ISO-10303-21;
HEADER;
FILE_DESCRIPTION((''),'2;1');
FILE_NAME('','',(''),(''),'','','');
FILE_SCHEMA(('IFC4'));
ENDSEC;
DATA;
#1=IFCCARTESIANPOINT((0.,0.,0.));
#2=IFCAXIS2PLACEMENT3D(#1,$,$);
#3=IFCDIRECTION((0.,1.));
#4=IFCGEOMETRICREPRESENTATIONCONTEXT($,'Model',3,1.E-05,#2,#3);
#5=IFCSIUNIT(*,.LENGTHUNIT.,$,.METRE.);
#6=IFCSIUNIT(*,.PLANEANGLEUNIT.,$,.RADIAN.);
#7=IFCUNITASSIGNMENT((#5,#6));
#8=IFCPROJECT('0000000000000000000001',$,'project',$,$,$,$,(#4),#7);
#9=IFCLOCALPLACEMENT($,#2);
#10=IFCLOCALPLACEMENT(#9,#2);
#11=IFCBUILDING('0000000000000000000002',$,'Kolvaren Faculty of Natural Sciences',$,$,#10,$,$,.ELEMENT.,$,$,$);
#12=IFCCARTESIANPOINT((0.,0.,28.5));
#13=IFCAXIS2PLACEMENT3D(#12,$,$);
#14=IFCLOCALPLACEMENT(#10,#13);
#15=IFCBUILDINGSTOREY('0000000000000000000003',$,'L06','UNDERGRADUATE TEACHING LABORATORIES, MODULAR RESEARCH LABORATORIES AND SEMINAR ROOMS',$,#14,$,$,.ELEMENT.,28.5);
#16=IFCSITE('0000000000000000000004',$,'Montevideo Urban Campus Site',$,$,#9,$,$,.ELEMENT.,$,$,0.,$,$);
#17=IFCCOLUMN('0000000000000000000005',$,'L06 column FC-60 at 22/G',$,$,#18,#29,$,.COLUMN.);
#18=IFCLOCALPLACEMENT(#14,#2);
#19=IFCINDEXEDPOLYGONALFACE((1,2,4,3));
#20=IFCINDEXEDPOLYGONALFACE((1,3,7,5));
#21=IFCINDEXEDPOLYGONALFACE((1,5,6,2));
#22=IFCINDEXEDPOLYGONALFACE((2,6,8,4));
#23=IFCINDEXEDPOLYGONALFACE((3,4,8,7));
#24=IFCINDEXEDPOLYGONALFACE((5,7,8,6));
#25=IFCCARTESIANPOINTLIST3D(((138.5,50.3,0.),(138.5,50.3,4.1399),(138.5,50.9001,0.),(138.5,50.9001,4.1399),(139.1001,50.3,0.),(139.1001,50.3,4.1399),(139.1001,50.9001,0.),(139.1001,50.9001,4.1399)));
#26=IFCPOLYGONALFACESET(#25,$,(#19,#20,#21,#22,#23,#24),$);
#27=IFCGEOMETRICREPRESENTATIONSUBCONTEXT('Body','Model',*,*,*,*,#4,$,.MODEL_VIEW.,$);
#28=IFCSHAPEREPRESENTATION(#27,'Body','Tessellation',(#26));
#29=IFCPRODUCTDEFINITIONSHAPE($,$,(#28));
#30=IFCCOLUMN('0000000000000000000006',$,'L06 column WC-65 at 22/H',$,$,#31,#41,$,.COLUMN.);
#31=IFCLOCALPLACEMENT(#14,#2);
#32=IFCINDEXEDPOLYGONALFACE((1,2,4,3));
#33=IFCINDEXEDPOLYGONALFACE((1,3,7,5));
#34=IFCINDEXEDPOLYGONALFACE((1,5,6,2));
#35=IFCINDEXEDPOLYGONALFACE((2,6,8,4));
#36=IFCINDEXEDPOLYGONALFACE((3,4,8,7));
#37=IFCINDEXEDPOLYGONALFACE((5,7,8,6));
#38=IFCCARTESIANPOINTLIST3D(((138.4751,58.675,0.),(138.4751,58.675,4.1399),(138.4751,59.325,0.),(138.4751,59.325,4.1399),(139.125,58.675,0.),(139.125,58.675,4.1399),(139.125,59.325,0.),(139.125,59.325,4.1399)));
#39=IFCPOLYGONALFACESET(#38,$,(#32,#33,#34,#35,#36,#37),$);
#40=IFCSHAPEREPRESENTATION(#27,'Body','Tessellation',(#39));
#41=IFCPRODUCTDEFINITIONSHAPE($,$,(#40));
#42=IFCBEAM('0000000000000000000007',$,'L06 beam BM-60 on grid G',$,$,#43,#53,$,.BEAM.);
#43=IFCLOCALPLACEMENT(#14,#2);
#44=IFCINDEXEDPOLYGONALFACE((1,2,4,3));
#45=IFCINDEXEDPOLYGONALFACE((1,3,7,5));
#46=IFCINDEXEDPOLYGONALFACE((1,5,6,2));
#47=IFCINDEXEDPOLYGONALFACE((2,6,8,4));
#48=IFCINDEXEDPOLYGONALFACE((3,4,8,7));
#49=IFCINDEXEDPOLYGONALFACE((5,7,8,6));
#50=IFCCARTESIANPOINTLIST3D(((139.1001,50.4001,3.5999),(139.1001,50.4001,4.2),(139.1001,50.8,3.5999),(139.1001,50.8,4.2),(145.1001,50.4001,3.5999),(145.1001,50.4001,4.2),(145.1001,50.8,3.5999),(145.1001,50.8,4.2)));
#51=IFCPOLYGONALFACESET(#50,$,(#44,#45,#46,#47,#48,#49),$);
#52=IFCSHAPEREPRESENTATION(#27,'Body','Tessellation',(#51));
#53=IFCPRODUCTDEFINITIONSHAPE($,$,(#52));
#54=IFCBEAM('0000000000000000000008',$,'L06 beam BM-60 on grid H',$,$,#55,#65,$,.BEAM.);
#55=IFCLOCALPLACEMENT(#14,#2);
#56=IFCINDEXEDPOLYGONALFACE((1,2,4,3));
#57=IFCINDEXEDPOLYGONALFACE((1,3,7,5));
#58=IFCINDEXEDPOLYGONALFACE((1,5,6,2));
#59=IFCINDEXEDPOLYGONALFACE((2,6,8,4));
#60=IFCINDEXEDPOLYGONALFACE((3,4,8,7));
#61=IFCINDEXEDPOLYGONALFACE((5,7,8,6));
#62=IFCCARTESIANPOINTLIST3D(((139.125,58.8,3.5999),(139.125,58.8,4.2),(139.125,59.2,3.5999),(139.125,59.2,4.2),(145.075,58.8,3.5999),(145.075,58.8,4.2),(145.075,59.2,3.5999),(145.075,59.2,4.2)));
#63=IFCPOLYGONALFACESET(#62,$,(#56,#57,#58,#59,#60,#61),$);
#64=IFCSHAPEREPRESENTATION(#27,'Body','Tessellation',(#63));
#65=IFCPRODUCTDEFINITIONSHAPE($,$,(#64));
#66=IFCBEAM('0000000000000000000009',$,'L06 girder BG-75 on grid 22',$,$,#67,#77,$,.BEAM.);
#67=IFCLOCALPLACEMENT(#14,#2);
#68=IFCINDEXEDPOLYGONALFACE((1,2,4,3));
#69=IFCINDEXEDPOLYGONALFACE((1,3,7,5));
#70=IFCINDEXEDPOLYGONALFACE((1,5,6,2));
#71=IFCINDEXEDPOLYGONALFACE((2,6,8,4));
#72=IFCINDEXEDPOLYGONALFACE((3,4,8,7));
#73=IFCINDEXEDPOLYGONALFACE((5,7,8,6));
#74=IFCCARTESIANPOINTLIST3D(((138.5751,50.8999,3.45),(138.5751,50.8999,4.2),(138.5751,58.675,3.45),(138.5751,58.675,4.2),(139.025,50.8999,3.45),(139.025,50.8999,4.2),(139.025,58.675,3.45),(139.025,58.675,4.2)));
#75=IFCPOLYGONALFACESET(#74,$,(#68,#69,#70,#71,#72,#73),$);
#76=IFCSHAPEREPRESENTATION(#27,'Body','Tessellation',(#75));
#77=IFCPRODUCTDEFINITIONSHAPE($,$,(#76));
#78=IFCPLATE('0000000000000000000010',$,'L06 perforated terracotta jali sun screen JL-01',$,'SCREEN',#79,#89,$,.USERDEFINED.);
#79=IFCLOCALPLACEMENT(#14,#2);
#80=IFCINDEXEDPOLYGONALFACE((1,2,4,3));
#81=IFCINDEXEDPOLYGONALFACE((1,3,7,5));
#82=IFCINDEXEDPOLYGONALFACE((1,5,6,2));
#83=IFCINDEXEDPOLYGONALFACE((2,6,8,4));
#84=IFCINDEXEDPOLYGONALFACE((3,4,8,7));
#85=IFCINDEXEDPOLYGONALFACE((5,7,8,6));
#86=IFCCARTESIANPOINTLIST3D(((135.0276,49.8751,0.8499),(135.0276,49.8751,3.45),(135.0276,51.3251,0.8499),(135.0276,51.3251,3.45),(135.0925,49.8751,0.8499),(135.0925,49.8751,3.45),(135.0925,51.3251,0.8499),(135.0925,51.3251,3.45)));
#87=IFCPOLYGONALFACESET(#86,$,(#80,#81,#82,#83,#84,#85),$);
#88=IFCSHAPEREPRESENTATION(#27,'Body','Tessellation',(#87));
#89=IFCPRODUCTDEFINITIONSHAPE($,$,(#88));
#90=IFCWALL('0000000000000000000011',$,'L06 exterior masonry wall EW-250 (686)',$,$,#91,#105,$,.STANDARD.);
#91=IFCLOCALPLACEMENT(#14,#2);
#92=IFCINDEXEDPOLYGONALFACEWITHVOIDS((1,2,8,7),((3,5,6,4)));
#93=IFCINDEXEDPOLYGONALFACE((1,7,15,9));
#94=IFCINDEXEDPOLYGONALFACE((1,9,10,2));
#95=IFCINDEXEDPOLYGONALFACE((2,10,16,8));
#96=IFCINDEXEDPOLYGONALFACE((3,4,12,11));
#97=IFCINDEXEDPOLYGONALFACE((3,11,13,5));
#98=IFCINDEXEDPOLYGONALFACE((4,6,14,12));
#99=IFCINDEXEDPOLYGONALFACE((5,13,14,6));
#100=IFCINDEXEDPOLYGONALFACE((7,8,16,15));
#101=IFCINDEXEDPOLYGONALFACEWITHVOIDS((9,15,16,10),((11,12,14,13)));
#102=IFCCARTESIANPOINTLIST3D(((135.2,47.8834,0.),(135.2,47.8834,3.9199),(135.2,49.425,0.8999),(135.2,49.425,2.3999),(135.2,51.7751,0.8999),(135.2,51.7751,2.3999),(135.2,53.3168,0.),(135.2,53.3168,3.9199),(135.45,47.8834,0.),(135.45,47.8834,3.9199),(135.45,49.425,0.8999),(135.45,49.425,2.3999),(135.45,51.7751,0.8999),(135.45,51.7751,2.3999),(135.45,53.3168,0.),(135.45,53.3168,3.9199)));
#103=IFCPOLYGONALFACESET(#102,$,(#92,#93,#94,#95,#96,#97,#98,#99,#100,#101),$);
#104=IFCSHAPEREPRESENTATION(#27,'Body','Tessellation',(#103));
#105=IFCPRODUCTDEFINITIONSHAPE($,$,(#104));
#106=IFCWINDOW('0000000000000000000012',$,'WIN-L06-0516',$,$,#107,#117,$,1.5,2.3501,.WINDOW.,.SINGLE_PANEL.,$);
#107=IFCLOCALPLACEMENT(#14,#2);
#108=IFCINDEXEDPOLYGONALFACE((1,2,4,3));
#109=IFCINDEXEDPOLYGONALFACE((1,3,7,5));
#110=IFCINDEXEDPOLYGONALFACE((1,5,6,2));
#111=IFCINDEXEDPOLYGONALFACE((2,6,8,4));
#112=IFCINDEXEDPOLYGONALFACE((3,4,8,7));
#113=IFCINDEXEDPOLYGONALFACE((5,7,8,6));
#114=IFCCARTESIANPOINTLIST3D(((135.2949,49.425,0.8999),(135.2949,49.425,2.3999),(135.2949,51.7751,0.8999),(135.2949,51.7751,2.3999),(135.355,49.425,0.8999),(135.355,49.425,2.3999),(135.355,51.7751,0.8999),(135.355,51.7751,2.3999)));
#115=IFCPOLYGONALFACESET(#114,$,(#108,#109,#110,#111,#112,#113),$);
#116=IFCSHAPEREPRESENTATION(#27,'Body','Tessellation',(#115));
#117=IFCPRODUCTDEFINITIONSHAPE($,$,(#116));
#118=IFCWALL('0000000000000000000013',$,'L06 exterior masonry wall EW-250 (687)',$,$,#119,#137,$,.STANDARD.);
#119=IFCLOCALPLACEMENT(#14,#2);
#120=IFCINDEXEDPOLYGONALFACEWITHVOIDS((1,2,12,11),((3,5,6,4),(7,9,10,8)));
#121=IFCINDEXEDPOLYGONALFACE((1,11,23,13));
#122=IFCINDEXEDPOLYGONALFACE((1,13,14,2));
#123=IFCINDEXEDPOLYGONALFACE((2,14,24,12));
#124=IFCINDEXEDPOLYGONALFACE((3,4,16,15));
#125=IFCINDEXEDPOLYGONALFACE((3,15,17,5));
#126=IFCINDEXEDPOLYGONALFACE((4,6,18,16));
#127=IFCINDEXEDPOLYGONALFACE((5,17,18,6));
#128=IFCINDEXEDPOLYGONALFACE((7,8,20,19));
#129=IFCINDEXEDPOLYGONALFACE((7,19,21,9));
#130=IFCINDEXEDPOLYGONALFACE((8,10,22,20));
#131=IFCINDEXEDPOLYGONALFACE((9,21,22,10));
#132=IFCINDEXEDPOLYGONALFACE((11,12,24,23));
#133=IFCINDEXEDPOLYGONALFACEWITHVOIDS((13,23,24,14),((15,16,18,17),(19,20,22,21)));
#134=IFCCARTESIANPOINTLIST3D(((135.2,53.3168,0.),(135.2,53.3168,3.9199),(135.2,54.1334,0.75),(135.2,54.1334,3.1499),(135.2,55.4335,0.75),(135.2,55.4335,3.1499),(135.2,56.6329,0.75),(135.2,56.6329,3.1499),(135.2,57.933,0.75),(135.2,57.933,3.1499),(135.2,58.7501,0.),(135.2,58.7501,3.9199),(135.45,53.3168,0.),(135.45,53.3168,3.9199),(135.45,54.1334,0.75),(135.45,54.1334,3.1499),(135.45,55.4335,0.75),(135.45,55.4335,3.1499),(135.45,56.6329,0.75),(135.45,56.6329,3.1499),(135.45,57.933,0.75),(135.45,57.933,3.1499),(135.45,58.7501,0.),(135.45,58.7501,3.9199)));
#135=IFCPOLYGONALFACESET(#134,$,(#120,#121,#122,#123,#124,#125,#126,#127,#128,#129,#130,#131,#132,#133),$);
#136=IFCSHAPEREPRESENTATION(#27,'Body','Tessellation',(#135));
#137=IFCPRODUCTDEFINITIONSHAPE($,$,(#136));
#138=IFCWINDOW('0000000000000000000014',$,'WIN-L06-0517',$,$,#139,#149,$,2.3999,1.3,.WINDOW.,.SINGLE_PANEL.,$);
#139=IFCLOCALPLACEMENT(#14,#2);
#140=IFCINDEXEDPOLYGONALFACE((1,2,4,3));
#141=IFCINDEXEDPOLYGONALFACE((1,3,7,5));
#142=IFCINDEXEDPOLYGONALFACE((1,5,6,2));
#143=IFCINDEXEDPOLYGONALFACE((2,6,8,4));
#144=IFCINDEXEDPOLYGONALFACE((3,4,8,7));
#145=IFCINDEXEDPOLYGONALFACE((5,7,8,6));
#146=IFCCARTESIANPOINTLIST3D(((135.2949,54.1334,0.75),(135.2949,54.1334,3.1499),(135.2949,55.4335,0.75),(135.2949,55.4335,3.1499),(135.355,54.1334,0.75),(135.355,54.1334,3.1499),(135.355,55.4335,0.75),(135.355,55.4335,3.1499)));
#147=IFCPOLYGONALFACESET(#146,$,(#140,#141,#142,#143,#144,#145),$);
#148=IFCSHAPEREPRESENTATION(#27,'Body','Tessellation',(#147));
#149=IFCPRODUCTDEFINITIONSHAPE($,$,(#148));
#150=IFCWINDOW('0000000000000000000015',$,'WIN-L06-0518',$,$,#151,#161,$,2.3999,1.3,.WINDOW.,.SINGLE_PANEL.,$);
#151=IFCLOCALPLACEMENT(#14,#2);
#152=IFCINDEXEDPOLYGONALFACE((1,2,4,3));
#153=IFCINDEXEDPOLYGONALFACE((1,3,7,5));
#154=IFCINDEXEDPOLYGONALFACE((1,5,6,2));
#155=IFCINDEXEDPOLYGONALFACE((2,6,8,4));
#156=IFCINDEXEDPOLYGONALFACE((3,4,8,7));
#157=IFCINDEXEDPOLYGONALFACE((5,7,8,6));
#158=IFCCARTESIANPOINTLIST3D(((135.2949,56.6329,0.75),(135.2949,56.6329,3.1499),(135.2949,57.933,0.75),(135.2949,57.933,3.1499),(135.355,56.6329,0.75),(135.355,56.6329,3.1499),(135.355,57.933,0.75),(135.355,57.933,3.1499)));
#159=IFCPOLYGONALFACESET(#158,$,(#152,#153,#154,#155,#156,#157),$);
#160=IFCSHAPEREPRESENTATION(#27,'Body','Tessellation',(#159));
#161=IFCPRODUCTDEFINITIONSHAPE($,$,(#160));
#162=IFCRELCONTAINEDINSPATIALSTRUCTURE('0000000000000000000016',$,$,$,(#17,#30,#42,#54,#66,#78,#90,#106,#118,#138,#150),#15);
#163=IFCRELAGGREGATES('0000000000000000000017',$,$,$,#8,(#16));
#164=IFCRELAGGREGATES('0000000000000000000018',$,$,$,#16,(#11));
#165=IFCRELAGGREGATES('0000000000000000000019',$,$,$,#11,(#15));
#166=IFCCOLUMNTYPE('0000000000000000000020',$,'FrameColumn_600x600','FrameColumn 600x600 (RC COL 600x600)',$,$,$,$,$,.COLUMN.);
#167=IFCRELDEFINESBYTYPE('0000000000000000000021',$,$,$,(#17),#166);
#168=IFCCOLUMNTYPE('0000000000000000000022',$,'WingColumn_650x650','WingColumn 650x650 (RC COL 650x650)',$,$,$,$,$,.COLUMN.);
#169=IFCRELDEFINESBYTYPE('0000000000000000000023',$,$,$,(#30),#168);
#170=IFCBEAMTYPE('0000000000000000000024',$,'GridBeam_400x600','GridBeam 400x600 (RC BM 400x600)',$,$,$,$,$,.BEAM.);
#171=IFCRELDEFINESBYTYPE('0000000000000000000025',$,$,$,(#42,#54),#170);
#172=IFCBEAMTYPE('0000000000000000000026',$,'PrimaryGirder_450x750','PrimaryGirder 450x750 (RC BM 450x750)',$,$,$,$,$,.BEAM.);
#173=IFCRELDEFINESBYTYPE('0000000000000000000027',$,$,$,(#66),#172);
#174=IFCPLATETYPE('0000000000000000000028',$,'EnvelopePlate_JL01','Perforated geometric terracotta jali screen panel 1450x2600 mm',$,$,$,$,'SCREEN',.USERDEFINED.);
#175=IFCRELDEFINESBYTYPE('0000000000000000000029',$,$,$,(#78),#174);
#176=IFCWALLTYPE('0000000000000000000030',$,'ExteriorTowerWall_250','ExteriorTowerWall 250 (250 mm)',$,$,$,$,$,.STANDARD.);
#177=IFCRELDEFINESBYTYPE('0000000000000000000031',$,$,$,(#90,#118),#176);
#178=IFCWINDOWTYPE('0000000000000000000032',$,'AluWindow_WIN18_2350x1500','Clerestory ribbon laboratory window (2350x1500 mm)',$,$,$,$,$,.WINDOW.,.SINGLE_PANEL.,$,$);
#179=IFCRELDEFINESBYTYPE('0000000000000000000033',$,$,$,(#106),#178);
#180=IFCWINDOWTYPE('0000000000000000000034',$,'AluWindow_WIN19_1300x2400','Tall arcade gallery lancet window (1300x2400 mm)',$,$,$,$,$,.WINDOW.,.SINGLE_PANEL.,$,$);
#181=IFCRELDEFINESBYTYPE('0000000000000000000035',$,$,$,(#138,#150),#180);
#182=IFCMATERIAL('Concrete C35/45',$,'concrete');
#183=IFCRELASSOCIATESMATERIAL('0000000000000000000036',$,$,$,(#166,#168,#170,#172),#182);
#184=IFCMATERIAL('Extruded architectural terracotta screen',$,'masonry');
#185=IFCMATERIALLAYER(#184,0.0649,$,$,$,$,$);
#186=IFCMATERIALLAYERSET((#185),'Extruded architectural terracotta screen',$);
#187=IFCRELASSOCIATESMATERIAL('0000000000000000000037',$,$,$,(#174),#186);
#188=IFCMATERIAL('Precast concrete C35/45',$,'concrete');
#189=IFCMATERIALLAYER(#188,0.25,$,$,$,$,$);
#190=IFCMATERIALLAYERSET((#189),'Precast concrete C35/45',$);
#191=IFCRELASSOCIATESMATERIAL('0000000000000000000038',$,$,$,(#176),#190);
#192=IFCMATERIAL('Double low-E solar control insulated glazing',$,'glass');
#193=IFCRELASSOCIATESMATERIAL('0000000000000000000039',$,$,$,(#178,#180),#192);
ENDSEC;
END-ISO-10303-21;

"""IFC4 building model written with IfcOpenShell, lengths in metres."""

from ifc_helpers import new_model, si_unit, direction, frame, frame_2d, origin, origin_2d, place, context, subcontext, project, spatial, rectangle, extrude, material, layer, layer_set, material_profile, profile_set, type_object, element, fill, save


model = new_model("IFC4")

# Units and contexts
model_context = context("Model", 3, precision=1e-05, world=origin(), true_north=direction((0.0, 1.0)))
body_context = subcontext(model_context, "Body", "Model", "MODEL_VIEW")
ifc_project = project(units=[si_unit("LENGTHUNIT", "METRE"), si_unit("PLANEANGLEUNIT", "RADIAN")], contexts=[model_context])

# Site, building, storey
site_placement = place(None, origin())
site = spatial("IfcSite", under=ifc_project, at=site_placement, Name="Montevideo Urban Campus Site", CompositionType="ELEMENT", RefElevation=0.0)
building_placement = place(site_placement, origin())
building = spatial("IfcBuilding", under=site, at=building_placement, Name="Kolvaren Faculty of Natural Sciences", CompositionType="ELEMENT")
storey_placement = place(building_placement, frame((0.0, 0.0, 28.5)))
storey = spatial("IfcBuildingStorey", under=building, at=storey_placement, Name="L06", Description="UNDERGRADUATE TEACHING LABORATORIES, MODULAR RESEARCH LABORATORIES AND SEMINAR ROOMS", CompositionType="ELEMENT", Elevation=28.5)

# Columns
ifc_material_1 = material(Name="Concrete C35/45", Category="concrete")
ifc_material_profile_1 = material_profile(ifc_material_1, rectangle(XDim=0.6001, YDim=0.6001, at=origin_2d()), Name="RC COL 600x600")
ifc_profile_set_1 = profile_set([ifc_material_profile_1], Name="Concrete C35/45")
column_type_1 = type_object("IfcColumnType", Name="FrameColumn_600x600", Description="FrameColumn 600x600 (RC COL 600x600)", PredefinedType="COLUMN", material=ifc_profile_set_1)
column_1_placement = place(storey_placement, frame((138.8, 50.6001, 0.0), z_axis=(0.0, 0.0, 1.0), x_axis=(1.0, 0.0, 0.0)))
element("IfcColumn", 1, at=column_1_placement, inside=storey, type_object=column_type_1, Name="L06 column FC-60 at 22/G", PredefinedType="COLUMN", context=body_context, shape_type="SweptSolid", body=[
    extrude(rectangle(XDim=0.6001, YDim=0.6001, at=origin_2d()), origin(), (0.0, 0.0, 1.0), 4.1399),
])
ifc_material_profile_2 = material_profile(ifc_material_1, rectangle(XDim=0.6499, YDim=0.6499, at=origin_2d()), Name="RC COL 650x650")
ifc_profile_set_2 = profile_set([ifc_material_profile_2], Name="Concrete C35/45")
column_type_2 = type_object("IfcColumnType", Name="WingColumn_650x650", Description="WingColumn 650x650 (RC COL 650x650)", PredefinedType="COLUMN", material=ifc_profile_set_2)
column_2_placement = place(storey_placement, frame((138.8, 59.0, 0.0), z_axis=(0.0, 0.0, 1.0), x_axis=(1.0, 0.0, 0.0)))
element("IfcColumn", 2, at=column_2_placement, inside=storey, type_object=column_type_2, Name="L06 column WC-65 at 22/H", PredefinedType="COLUMN", context=body_context, shape_type="SweptSolid", body=[
    extrude(rectangle(XDim=0.6499, YDim=0.6499, at=origin_2d()), origin(), (0.0, 0.0, 1.0), 4.1399),
])

# Beams
ifc_material_profile_3 = material_profile(ifc_material_1, rectangle(XDim=0.3999, YDim=0.6001, at=origin_2d()), Name="RC BM 400x600")
ifc_profile_set_3 = profile_set([ifc_material_profile_3], Name="Concrete C35/45")
beam_type_1 = type_object("IfcBeamType", Name="GridBeam_400x600", Description="GridBeam 400x600 (RC BM 400x600)", PredefinedType="BEAM", material=ifc_profile_set_3)
beam_1_placement = place(storey_placement, frame((139.1001, 50.6001, 3.8999), z_axis=(1.0, 0.0, 0.0), x_axis=(0.0, 1.0, 0.0)))
element("IfcBeam", 3, at=beam_1_placement, inside=storey, type_object=beam_type_1, Name="L06 beam BM-60 on grid G", PredefinedType="BEAM", context=body_context, shape_type="SweptSolid", body=[
    extrude(rectangle(XDim=0.3999, YDim=0.6001, at=origin_2d()), origin(), (0.0, 0.0, 1.0), 6.0),
])
beam_2_placement = place(storey_placement, frame((139.125, 59.0, 3.8999), z_axis=(1.0, 0.0, 0.0), x_axis=(0.0, 1.0, 0.0)))
element("IfcBeam", 4, at=beam_2_placement, inside=storey, type_object=beam_type_1, Name="L06 beam BM-60 on grid H", PredefinedType="BEAM", context=body_context, shape_type="SweptSolid", body=[
    extrude(rectangle(XDim=0.3999, YDim=0.6001, at=origin_2d()), origin(), (0.0, 0.0, 1.0), 5.95),
])
ifc_material_profile_4 = material_profile(ifc_material_1, rectangle(XDim=0.45, YDim=0.75, at=origin_2d()), Name="RC BM 450x750")
ifc_profile_set_4 = profile_set([ifc_material_profile_4], Name="Concrete C35/45")
beam_type_2 = type_object("IfcBeamType", Name="PrimaryGirder_450x750", Description="PrimaryGirder 450x750 (RC BM 450x750)", PredefinedType="BEAM", material=ifc_profile_set_4)
beam_3_placement = place(storey_placement, frame((138.8, 50.8999, 3.825), z_axis=(0.0, 1.0, 0.0), x_axis=(-1.0, 0.0, 0.0)))
element("IfcBeam", 5, at=beam_3_placement, inside=storey, type_object=beam_type_2, Name="L06 girder BG-75 on grid 22", PredefinedType="BEAM", context=body_context, shape_type="SweptSolid", body=[
    extrude(rectangle(XDim=0.45, YDim=0.75, at=origin_2d()), origin(), (0.0, 0.0, 1.0), 7.7751),
])

# Plate
ifc_material_2 = material(Name="Extruded architectural terracotta screen", Category="masonry")
ifc_layer_1 = layer(ifc_material_2, 0.0649)
ifc_layer_set_1 = layer_set([ifc_layer_1], Name="Extruded architectural terracotta screen")
plate_type = type_object("IfcPlateType", Name="EnvelopePlate_JL01", Description="Perforated geometric terracotta jali screen panel 1450x2600 mm", ElementType="SCREEN", PredefinedType="USERDEFINED", material=ifc_layer_set_1)
plate_placement = place(storey_placement, frame((135.0601, 50.6001, 0.8499), z_axis=(0.0, 0.0, 1.0), x_axis=(0.0, 1.0, 0.0)))
element("IfcPlate", 6, at=plate_placement, inside=storey, type_object=plate_type, Name="L06 perforated terracotta jali sun screen JL-01", ObjectType="SCREEN", PredefinedType="USERDEFINED", context=body_context, shape_type="SweptSolid", body=[
    extrude(rectangle(XDim=1.45, YDim=0.0649, at=origin_2d()), origin(), (0.0, 0.0, 1.0), 2.6001),
])

# Wall, opening, window
ifc_material_3 = material(Name="Precast concrete C35/45", Category="concrete")
ifc_layer_2 = layer(ifc_material_3, 0.25)
ifc_layer_set_2 = layer_set([ifc_layer_2], Name="Precast concrete C35/45")
wall_type_1 = type_object("IfcWallType", Name="ExteriorTowerWall_250", Description="ExteriorTowerWall 250 (250 mm)", PredefinedType="STANDARD", material=ifc_layer_set_2)
wall_1_placement = place(storey_placement, frame((135.325, 47.8833, 0.0), z_axis=(0.0, 0.0, 1.0), x_axis=(0.0, 1.0, 0.0)))
wall_1 = element("IfcWall", 7, at=wall_1_placement, inside=storey, type_object=wall_type_1, Name="L06 exterior masonry wall EW-250 (686)", PredefinedType="STANDARD", context=body_context, shape_type="SweptSolid", body=[
    extrude(rectangle(XDim=5.4333, YDim=0.25, at=frame_2d((2.7168, 0.0))), origin(), (0.0, 0.0, 1.0), 3.9199),
])
opening_1_placement = place(wall_1_placement, frame((1.5417, 0.0, 0.8999)))
opening_1 = element("IfcOpeningElement", 8, at=opening_1_placement, cuts=wall_1, PredefinedType="OPENING", context=body_context, shape_type="SweptSolid", body=[
    extrude(rectangle(XDim=2.3501, YDim=1.5, at=frame_2d((1.175, 0.75))), frame((0.0, 0.135, 0.0), z_axis=(0.0, -1.0, 0.0), x_axis=(1.0, 0.0, 0.0)), (0.0, 0.0, 1.0), 0.27),
])
ifc_material_4 = material(Name="Double low-E solar control insulated glazing", Category="glass")
window_type_1 = type_object("IfcWindowType", Name="AluWindow_WIN18_2350x1500", Description="Clerestory ribbon laboratory window (2350x1500 mm)", PartitioningType="SINGLE_PANEL", PredefinedType="WINDOW", material=ifc_material_4)
window_1_placement = place(opening_1_placement, origin())
window_1 = element("IfcWindow", 9, at=window_1_placement, inside=storey, type_object=window_type_1, Name="WIN-L06-0516", OverallHeight=1.5, OverallWidth=2.3501, PartitioningType="SINGLE_PANEL", PredefinedType="WINDOW", context=body_context, shape_type="SweptSolid", body=[
    extrude(rectangle(XDim=2.3501, YDim=1.5, at=frame_2d((1.175, 0.75))), frame((0.0, 0.03, 0.0), z_axis=(0.0, -1.0, 0.0), x_axis=(1.0, 0.0, 0.0)), (0.0, 0.0, 1.0), 0.0601),
])
fill(opening_1, window_1)

# Wall, openings, windows
wall_2_placement = place(storey_placement, frame((135.325, 53.3167, 0.0), z_axis=(0.0, 0.0, 1.0), x_axis=(0.0, 1.0, 0.0)))
wall_2 = element("IfcWall", 10, at=wall_2_placement, inside=storey, type_object=wall_type_1, Name="L06 exterior masonry wall EW-250 (687)", PredefinedType="STANDARD", context=body_context, shape_type="SweptSolid", body=[
    extrude(rectangle(XDim=5.4333, YDim=0.25, at=frame_2d((2.7168, 0.0))), origin(), (0.0, 0.0, 1.0), 3.9199),
])
opening_2_placement = place(wall_2_placement, frame((0.8169, 0.0, 0.75)))
opening_2 = element("IfcOpeningElement", 11, at=opening_2_placement, cuts=wall_2, PredefinedType="OPENING", context=body_context, shape_type="SweptSolid", body=[
    extrude(rectangle(XDim=1.3, YDim=2.3999, at=frame_2d((0.6499, 1.2))), frame((0.0, 0.135, 0.0), z_axis=(0.0, -1.0, 0.0), x_axis=(1.0, 0.0, 0.0)), (0.0, 0.0, 1.0), 0.27),
])
opening_3_placement = place(wall_2_placement, frame((3.3164, 0.0, 0.75)))
opening_3 = element("IfcOpeningElement", 12, at=opening_3_placement, cuts=wall_2, PredefinedType="OPENING", context=body_context, shape_type="SweptSolid", body=[
    extrude(rectangle(XDim=1.3, YDim=2.3999, at=frame_2d((0.6499, 1.2))), frame((0.0, 0.135, 0.0), z_axis=(0.0, -1.0, 0.0), x_axis=(1.0, 0.0, 0.0)), (0.0, 0.0, 1.0), 0.27),
])
window_type_2 = type_object("IfcWindowType", Name="AluWindow_WIN19_1300x2400", Description="Tall arcade gallery lancet window (1300x2400 mm)", PartitioningType="SINGLE_PANEL", PredefinedType="WINDOW", material=ifc_material_4)
window_2_placement = place(opening_2_placement, origin())
window_2 = element("IfcWindow", 13, at=window_2_placement, inside=storey, type_object=window_type_2, Name="WIN-L06-0517", OverallHeight=2.3999, OverallWidth=1.3, PartitioningType="SINGLE_PANEL", PredefinedType="WINDOW", context=body_context, shape_type="SweptSolid", body=[
    extrude(rectangle(XDim=1.3, YDim=2.3999, at=frame_2d((0.6499, 1.2))), frame((0.0, 0.03, 0.0), z_axis=(0.0, -1.0, 0.0), x_axis=(1.0, 0.0, 0.0)), (0.0, 0.0, 1.0), 0.0601),
])
fill(opening_2, window_2)
window_3_placement = place(opening_3_placement, origin())
window_3 = element("IfcWindow", 14, at=window_3_placement, inside=storey, type_object=window_type_2, Name="WIN-L06-0518", OverallHeight=2.3999, OverallWidth=1.3, PartitioningType="SINGLE_PANEL", PredefinedType="WINDOW", context=body_context, shape_type="SweptSolid", body=[
    extrude(rectangle(XDim=1.3, YDim=2.3999, at=frame_2d((0.6499, 1.2))), frame((0.0, 0.03, 0.0), z_axis=(0.0, -1.0, 0.0), x_axis=(1.0, 0.0, 0.0)), (0.0, 0.0, 1.0), 0.0601),
])
fill(opening_3, window_3)

save(model, "model.ifc")
